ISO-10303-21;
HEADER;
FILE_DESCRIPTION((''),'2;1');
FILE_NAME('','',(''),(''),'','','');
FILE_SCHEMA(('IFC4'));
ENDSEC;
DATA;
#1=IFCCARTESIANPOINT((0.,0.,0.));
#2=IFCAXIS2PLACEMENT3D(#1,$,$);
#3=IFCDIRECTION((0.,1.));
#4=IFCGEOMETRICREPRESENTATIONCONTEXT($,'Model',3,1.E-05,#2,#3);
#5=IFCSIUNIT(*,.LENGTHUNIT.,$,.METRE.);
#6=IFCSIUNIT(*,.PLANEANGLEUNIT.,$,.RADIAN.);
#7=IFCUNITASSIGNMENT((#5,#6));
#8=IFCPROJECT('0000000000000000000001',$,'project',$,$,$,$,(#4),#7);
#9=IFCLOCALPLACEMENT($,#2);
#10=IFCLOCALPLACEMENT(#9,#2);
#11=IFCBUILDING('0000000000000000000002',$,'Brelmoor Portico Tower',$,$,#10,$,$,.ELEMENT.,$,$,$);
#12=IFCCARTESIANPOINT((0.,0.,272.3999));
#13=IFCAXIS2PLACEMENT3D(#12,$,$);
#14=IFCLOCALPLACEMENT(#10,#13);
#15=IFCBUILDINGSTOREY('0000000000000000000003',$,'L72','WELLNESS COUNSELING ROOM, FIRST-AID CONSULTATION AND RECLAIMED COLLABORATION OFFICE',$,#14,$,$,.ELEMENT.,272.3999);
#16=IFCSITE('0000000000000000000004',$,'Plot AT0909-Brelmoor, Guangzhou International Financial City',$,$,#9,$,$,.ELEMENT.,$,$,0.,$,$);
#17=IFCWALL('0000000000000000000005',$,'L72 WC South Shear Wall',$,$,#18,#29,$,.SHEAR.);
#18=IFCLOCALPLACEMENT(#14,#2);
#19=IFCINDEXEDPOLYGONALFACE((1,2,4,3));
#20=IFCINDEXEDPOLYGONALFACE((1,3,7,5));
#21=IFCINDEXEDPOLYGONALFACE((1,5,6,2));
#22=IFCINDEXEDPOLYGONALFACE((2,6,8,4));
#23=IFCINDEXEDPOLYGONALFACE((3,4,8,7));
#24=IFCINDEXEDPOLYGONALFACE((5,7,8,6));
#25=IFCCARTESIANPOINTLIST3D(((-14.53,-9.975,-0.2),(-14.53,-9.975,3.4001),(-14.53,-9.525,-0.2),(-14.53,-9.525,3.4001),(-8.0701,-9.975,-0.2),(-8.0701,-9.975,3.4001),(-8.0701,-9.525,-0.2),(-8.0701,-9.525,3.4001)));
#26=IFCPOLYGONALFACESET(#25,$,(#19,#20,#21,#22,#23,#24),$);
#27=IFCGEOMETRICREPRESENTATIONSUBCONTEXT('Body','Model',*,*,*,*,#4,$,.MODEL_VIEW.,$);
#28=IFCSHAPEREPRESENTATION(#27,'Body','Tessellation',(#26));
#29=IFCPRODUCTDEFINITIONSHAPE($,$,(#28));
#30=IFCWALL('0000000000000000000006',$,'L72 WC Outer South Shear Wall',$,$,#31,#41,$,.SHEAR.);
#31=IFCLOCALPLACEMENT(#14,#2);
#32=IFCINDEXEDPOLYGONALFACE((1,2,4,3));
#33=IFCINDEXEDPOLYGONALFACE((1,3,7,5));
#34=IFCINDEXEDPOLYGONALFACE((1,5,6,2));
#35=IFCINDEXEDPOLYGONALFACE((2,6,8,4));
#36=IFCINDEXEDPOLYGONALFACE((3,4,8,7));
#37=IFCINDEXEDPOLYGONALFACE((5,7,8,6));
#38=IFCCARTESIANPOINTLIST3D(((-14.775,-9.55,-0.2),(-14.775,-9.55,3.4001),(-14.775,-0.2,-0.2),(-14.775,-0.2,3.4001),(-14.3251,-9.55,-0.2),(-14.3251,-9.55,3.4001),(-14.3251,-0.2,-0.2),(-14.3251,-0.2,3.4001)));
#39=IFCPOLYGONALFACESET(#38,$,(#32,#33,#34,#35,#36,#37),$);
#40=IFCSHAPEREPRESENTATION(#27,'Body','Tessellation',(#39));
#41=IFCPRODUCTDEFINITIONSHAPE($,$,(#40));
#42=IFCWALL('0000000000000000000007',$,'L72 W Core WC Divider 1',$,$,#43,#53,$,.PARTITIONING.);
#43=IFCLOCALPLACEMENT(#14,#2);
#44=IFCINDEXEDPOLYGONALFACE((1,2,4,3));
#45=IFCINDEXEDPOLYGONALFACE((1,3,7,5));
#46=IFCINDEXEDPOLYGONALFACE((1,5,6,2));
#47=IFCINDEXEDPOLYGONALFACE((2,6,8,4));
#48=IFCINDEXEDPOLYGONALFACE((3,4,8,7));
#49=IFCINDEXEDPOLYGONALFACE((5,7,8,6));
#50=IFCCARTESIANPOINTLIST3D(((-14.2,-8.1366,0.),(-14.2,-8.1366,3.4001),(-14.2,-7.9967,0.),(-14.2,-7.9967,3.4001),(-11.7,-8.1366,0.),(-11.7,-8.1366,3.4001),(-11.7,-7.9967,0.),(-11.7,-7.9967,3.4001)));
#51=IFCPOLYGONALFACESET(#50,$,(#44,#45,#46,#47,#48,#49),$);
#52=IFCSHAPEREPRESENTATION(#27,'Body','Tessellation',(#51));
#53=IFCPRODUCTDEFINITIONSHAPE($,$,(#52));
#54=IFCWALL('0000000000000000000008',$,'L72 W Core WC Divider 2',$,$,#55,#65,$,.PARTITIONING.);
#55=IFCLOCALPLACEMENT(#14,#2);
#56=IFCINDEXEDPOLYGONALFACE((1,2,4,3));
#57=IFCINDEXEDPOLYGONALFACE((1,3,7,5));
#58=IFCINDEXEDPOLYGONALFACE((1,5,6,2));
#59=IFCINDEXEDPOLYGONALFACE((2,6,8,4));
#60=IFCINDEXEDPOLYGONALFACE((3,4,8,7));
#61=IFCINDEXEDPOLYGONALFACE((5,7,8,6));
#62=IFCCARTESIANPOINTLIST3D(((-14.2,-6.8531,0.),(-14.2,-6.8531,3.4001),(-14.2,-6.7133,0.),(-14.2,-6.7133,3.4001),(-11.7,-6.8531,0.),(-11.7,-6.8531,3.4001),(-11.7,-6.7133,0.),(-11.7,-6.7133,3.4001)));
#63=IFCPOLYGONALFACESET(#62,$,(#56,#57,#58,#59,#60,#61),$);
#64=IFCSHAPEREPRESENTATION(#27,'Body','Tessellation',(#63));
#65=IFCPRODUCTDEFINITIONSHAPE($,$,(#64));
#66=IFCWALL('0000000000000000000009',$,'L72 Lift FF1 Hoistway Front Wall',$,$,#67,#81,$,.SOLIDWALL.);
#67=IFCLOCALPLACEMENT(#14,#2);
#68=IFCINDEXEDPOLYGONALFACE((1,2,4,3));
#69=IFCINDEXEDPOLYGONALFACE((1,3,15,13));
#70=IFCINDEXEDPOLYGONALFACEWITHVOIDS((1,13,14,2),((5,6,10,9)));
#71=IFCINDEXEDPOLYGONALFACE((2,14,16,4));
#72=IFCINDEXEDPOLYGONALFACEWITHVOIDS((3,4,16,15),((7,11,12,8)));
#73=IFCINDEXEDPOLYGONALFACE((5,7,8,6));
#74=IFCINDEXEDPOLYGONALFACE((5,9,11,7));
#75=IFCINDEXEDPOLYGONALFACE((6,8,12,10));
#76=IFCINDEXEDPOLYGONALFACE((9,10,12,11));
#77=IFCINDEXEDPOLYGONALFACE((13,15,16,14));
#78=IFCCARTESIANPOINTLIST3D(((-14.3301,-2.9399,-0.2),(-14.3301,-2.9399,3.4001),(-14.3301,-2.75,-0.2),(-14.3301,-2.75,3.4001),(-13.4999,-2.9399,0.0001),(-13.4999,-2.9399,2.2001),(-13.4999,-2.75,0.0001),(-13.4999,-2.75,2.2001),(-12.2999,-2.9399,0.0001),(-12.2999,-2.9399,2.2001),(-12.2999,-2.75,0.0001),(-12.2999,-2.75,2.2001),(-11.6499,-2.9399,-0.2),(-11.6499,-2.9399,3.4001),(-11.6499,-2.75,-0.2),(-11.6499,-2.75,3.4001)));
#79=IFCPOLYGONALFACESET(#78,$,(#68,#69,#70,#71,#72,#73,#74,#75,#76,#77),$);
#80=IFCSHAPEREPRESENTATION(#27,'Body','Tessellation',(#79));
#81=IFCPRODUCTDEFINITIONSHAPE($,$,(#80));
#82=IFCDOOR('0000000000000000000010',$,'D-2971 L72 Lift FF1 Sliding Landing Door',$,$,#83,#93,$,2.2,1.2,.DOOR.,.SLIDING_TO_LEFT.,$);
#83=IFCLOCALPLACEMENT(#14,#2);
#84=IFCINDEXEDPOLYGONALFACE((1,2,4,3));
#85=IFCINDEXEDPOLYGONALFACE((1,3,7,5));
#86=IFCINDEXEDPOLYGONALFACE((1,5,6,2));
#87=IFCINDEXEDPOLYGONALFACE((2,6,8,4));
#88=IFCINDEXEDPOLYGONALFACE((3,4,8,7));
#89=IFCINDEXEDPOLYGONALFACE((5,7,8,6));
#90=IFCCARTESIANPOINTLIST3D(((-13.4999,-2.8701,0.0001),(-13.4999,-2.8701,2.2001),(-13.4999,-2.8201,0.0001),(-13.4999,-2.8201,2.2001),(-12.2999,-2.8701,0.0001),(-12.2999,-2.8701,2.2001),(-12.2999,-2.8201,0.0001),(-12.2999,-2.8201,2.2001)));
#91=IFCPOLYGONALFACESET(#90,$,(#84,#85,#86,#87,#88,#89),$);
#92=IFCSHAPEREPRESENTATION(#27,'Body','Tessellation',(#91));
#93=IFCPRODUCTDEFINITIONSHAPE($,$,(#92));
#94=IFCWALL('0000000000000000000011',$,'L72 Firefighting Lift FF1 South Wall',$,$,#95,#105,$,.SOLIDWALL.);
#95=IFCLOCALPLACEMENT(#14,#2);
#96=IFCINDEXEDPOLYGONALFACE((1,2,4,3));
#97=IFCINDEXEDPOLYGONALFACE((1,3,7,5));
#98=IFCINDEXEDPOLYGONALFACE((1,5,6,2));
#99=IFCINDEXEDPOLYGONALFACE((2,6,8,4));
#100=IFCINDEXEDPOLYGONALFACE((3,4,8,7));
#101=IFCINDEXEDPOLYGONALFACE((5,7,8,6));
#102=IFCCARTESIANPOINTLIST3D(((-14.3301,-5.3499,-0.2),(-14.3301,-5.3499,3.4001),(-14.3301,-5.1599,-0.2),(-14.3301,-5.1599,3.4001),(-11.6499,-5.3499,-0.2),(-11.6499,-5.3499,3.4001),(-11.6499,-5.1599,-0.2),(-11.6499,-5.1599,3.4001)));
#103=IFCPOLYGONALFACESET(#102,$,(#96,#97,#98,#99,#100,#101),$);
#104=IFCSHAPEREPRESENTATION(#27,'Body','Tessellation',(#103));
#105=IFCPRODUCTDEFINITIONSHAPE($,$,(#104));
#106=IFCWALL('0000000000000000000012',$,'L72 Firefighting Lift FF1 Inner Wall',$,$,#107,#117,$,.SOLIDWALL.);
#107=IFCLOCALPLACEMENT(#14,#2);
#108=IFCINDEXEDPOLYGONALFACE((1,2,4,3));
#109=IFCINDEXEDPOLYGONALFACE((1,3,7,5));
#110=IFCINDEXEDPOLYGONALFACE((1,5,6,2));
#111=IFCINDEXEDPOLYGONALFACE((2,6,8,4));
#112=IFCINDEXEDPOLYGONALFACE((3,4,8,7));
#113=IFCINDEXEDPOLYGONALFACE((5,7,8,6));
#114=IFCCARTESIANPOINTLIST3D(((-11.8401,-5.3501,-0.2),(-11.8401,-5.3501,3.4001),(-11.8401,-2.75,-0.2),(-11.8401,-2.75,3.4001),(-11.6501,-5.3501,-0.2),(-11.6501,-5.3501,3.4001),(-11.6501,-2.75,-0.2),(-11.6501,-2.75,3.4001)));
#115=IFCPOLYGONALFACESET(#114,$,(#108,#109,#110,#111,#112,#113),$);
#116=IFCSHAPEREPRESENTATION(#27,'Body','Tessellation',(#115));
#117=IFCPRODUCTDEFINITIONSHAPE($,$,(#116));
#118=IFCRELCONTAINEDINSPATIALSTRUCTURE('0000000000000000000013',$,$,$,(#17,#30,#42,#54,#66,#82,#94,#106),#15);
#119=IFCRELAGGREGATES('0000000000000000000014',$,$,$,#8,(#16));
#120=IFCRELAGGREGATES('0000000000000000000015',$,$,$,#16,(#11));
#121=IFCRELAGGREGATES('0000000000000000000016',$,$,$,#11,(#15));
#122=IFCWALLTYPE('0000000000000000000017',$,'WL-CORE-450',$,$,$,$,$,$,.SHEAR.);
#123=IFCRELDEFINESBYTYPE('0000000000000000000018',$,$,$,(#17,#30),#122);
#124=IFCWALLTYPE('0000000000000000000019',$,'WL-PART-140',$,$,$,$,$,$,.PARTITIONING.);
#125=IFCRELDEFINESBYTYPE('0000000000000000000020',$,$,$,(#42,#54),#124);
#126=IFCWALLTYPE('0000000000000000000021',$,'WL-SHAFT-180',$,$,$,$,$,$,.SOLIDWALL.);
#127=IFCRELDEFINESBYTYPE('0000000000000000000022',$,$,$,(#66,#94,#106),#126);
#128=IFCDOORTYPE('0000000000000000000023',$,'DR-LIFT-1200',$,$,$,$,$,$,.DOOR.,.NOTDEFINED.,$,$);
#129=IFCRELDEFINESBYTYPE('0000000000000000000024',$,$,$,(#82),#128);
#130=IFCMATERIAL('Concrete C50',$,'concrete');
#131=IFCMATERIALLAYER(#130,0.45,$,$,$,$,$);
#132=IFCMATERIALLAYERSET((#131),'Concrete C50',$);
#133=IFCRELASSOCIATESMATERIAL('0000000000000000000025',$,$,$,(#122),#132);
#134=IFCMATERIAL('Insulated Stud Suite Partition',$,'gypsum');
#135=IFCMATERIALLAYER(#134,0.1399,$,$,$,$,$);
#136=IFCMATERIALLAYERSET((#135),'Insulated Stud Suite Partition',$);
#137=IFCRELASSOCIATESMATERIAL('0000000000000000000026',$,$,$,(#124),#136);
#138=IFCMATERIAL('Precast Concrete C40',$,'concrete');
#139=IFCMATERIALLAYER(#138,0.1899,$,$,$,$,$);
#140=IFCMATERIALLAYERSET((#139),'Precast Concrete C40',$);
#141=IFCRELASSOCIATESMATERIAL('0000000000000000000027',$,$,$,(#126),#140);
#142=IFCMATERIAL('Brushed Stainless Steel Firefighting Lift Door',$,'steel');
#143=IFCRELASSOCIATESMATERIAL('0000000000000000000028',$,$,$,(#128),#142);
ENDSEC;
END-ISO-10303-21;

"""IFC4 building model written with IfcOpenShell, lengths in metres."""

from ifc_helpers import new_model, si_unit, direction, frame, frame_2d, origin, place, context, subcontext, project, spatial, rectangle, extrude, material, layer, layer_set, type_object, element, fill, save


model = new_model("IFC4")

# Units and contexts
model_context = context("Model", 3, precision=1e-05, world=origin(), true_north=direction((0.0, 1.0)))
body_context = subcontext(model_context, "Body", "Model", "MODEL_VIEW")
ifc_project = project(units=[si_unit("LENGTHUNIT", "METRE"), si_unit("PLANEANGLEUNIT", "RADIAN")], contexts=[model_context])

# Site, building, storey
site_placement = place(None, origin())
site = spatial("IfcSite", under=ifc_project, at=site_placement, Name="Plot AT0909-Brelmoor, Guangzhou International Financial City", CompositionType="ELEMENT", RefElevation=0.0)
building_placement = place(site_placement, origin())
building = spatial("IfcBuilding", under=site, at=building_placement, Name="Brelmoor Portico Tower", CompositionType="ELEMENT")
storey_placement = place(building_placement, frame((0.0, 0.0, 272.3999)))
storey = spatial("IfcBuildingStorey", under=building, at=storey_placement, Name="L72", Description="WELLNESS COUNSELING ROOM, FIRST-AID CONSULTATION AND RECLAIMED COLLABORATION OFFICE", CompositionType="ELEMENT", Elevation=272.3999)

# Walls
ifc_material_1 = material(Name="Concrete C50", Category="concrete")
ifc_layer_1 = layer(ifc_material_1, 0.45)
ifc_layer_set_1 = layer_set([ifc_layer_1], Name="Concrete C50")
wall_type_1 = type_object("IfcWallType", Name="WL-CORE-450", PredefinedType="SHEAR", material=ifc_layer_set_1)
wall_1_placement = place(storey_placement, frame((-14.53, -9.75, -0.2), z_axis=(0.0, 0.0, 1.0), x_axis=(1.0, 0.0, 0.0)))
element("IfcWall", 1, at=wall_1_placement, inside=storey, type_object=wall_type_1, Name="L72 WC South Shear Wall", PredefinedType="SHEAR", context=body_context, shape_type="SweptSolid", body=[
    extrude(rectangle(XDim=6.46, YDim=0.45, at=frame_2d((3.23, 0.0))), origin(), (0.0, 0.0, 1.0), 3.6001),
])
wall_2_placement = place(storey_placement, frame((-14.55, -9.55, -0.2), z_axis=(0.0, 0.0, 1.0), x_axis=(0.0, 1.0, 0.0)))
element("IfcWall", 2, at=wall_2_placement, inside=storey, type_object=wall_type_1, Name="L72 WC Outer South Shear Wall", PredefinedType="SHEAR", context=body_context, shape_type="SweptSolid", body=[
    extrude(rectangle(XDim=9.3501, YDim=0.45, at=frame_2d((4.675, 0.0))), origin(), (0.0, 0.0, 1.0), 3.6001),
])
ifc_material_2 = material(Name="Insulated Stud Suite Partition", Category="gypsum")
ifc_layer_2 = layer(ifc_material_2, 0.1399)
ifc_layer_set_2 = layer_set([ifc_layer_2], Name="Insulated Stud Suite Partition")
wall_type_2 = type_object("IfcWallType", Name="WL-PART-140", PredefinedType="PARTITIONING", material=ifc_layer_set_2)
for number, where, z_axis, x_axis, name in (
    (3, (-11.7, -8.0667, 0.0), (0.0, 0.0, 1.0), (-1.0, 0.0, 0.0), "L72 W Core WC Divider 1"),
    (4, (-11.7, -6.7832, 0.0), (0.0, 0.0, 1.0), (-1.0, 0.0, 0.0), "L72 W Core WC Divider 2"),
):
    element("IfcWall", number, at=place(storey_placement, frame(where, z_axis=z_axis, x_axis=x_axis)), inside=storey, type_object=wall_type_2, Name=name, PredefinedType="PARTITIONING", context=body_context, shape_type="SweptSolid", body=[
        extrude(rectangle(XDim=2.5, YDim=0.1399, at=frame_2d((1.25, 0.0))), origin(), (0.0, 0.0, 1.0), 3.4001),
    ])

# Wall, opening, door
ifc_material_3 = material(Name="Precast Concrete C40", Category="concrete")
ifc_layer_3 = layer(ifc_material_3, 0.1899)
ifc_layer_set_3 = layer_set([ifc_layer_3], Name="Precast Concrete C40")
wall_type_3 = type_object("IfcWallType", Name="WL-SHAFT-180", PredefinedType="SOLIDWALL", material=ifc_layer_set_3)
wall_3_placement = place(storey_placement, frame((-14.3301, -2.845, -0.2), z_axis=(0.0, 0.0, 1.0), x_axis=(1.0, 0.0, 0.0)))
wall_3 = element("IfcWall", 5, at=wall_3_placement, inside=storey, type_object=wall_type_3, Name="L72 Lift FF1 Hoistway Front Wall", PredefinedType="SOLIDWALL", context=body_context, shape_type="SweptSolid", body=[
    extrude(rectangle(XDim=2.6802, YDim=0.1899, at=frame_2d((1.3401, 0.0))), origin(), (0.0, 0.0, 1.0), 3.6001),
])
opening_1_placement = place(wall_3_placement, frame((0.8301, 0.0, 0.2)))
opening_1 = element("IfcOpeningElement", 6, at=opening_1_placement, cuts=wall_3, PredefinedType="OPENING", context=body_context, shape_type="SweptSolid", body=[
    extrude(rectangle(XDim=1.2, YDim=2.2, at=frame_2d((0.6001, 1.1001))), frame((0.0, 0.105, 0.0), z_axis=(0.0, -1.0, 0.0), x_axis=(1.0, 0.0, 0.0)), (0.0, 0.0, 1.0), 0.21),
])
ifc_material_4 = material(Name="Brushed Stainless Steel Firefighting Lift Door", Category="steel")
door_type_1 = type_object("IfcDoorType", Name="DR-LIFT-1200", OperationType="NOTDEFINED", PredefinedType="DOOR", material=ifc_material_4)
door_1_placement = place(opening_1_placement, origin())
door_1 = element("IfcDoor", 7, at=door_1_placement, inside=storey, type_object=door_type_1, Name="D-2971 L72 Lift FF1 Sliding Landing Door", OperationType="SLIDING_TO_LEFT", OverallHeight=2.2, OverallWidth=1.2, PredefinedType="DOOR", context=body_context, shape_type="SweptSolid", body=[
    extrude(rectangle(XDim=1.2, YDim=2.2, at=frame_2d((0.6001, 1.1001))), frame((0.0, 0.0249, 0.0), z_axis=(0.0, -1.0, 0.0), x_axis=(1.0, 0.0, 0.0)), (0.0, 0.0, 1.0), 0.05),
])
fill(opening_1, door_1)

# Walls
wall_4_placement = place(storey_placement, frame((-14.3301, -5.2549, -0.2), z_axis=(0.0, 0.0, 1.0), x_axis=(1.0, 0.0, 0.0)))
element("IfcWall", 8, at=wall_4_placement, inside=storey, type_object=wall_type_3, Name="L72 Firefighting Lift FF1 South Wall", PredefinedType="SOLIDWALL", context=body_context, shape_type="SweptSolid", body=[
    extrude(rectangle(XDim=2.6802, YDim=0.1899, at=frame_2d((1.3401, 0.0))), origin(), (0.0, 0.0, 1.0), 3.6001),
])
wall_5_placement = place(storey_placement, frame((-11.7451, -5.3501, -0.2), z_axis=(0.0, 0.0, 1.0), x_axis=(0.0, 1.0, 0.0)))
element("IfcWall", 9, at=wall_5_placement, inside=storey, type_object=wall_type_3, Name="L72 Firefighting Lift FF1 Inner Wall", PredefinedType="SOLIDWALL", context=body_context, shape_type="SweptSolid", body=[
    extrude(rectangle(XDim=2.6001, YDim=0.1899, at=frame_2d((1.3, 0.0))), origin(), (0.0, 0.0, 1.0), 3.6001),
])

save(model, "model.ifc")
